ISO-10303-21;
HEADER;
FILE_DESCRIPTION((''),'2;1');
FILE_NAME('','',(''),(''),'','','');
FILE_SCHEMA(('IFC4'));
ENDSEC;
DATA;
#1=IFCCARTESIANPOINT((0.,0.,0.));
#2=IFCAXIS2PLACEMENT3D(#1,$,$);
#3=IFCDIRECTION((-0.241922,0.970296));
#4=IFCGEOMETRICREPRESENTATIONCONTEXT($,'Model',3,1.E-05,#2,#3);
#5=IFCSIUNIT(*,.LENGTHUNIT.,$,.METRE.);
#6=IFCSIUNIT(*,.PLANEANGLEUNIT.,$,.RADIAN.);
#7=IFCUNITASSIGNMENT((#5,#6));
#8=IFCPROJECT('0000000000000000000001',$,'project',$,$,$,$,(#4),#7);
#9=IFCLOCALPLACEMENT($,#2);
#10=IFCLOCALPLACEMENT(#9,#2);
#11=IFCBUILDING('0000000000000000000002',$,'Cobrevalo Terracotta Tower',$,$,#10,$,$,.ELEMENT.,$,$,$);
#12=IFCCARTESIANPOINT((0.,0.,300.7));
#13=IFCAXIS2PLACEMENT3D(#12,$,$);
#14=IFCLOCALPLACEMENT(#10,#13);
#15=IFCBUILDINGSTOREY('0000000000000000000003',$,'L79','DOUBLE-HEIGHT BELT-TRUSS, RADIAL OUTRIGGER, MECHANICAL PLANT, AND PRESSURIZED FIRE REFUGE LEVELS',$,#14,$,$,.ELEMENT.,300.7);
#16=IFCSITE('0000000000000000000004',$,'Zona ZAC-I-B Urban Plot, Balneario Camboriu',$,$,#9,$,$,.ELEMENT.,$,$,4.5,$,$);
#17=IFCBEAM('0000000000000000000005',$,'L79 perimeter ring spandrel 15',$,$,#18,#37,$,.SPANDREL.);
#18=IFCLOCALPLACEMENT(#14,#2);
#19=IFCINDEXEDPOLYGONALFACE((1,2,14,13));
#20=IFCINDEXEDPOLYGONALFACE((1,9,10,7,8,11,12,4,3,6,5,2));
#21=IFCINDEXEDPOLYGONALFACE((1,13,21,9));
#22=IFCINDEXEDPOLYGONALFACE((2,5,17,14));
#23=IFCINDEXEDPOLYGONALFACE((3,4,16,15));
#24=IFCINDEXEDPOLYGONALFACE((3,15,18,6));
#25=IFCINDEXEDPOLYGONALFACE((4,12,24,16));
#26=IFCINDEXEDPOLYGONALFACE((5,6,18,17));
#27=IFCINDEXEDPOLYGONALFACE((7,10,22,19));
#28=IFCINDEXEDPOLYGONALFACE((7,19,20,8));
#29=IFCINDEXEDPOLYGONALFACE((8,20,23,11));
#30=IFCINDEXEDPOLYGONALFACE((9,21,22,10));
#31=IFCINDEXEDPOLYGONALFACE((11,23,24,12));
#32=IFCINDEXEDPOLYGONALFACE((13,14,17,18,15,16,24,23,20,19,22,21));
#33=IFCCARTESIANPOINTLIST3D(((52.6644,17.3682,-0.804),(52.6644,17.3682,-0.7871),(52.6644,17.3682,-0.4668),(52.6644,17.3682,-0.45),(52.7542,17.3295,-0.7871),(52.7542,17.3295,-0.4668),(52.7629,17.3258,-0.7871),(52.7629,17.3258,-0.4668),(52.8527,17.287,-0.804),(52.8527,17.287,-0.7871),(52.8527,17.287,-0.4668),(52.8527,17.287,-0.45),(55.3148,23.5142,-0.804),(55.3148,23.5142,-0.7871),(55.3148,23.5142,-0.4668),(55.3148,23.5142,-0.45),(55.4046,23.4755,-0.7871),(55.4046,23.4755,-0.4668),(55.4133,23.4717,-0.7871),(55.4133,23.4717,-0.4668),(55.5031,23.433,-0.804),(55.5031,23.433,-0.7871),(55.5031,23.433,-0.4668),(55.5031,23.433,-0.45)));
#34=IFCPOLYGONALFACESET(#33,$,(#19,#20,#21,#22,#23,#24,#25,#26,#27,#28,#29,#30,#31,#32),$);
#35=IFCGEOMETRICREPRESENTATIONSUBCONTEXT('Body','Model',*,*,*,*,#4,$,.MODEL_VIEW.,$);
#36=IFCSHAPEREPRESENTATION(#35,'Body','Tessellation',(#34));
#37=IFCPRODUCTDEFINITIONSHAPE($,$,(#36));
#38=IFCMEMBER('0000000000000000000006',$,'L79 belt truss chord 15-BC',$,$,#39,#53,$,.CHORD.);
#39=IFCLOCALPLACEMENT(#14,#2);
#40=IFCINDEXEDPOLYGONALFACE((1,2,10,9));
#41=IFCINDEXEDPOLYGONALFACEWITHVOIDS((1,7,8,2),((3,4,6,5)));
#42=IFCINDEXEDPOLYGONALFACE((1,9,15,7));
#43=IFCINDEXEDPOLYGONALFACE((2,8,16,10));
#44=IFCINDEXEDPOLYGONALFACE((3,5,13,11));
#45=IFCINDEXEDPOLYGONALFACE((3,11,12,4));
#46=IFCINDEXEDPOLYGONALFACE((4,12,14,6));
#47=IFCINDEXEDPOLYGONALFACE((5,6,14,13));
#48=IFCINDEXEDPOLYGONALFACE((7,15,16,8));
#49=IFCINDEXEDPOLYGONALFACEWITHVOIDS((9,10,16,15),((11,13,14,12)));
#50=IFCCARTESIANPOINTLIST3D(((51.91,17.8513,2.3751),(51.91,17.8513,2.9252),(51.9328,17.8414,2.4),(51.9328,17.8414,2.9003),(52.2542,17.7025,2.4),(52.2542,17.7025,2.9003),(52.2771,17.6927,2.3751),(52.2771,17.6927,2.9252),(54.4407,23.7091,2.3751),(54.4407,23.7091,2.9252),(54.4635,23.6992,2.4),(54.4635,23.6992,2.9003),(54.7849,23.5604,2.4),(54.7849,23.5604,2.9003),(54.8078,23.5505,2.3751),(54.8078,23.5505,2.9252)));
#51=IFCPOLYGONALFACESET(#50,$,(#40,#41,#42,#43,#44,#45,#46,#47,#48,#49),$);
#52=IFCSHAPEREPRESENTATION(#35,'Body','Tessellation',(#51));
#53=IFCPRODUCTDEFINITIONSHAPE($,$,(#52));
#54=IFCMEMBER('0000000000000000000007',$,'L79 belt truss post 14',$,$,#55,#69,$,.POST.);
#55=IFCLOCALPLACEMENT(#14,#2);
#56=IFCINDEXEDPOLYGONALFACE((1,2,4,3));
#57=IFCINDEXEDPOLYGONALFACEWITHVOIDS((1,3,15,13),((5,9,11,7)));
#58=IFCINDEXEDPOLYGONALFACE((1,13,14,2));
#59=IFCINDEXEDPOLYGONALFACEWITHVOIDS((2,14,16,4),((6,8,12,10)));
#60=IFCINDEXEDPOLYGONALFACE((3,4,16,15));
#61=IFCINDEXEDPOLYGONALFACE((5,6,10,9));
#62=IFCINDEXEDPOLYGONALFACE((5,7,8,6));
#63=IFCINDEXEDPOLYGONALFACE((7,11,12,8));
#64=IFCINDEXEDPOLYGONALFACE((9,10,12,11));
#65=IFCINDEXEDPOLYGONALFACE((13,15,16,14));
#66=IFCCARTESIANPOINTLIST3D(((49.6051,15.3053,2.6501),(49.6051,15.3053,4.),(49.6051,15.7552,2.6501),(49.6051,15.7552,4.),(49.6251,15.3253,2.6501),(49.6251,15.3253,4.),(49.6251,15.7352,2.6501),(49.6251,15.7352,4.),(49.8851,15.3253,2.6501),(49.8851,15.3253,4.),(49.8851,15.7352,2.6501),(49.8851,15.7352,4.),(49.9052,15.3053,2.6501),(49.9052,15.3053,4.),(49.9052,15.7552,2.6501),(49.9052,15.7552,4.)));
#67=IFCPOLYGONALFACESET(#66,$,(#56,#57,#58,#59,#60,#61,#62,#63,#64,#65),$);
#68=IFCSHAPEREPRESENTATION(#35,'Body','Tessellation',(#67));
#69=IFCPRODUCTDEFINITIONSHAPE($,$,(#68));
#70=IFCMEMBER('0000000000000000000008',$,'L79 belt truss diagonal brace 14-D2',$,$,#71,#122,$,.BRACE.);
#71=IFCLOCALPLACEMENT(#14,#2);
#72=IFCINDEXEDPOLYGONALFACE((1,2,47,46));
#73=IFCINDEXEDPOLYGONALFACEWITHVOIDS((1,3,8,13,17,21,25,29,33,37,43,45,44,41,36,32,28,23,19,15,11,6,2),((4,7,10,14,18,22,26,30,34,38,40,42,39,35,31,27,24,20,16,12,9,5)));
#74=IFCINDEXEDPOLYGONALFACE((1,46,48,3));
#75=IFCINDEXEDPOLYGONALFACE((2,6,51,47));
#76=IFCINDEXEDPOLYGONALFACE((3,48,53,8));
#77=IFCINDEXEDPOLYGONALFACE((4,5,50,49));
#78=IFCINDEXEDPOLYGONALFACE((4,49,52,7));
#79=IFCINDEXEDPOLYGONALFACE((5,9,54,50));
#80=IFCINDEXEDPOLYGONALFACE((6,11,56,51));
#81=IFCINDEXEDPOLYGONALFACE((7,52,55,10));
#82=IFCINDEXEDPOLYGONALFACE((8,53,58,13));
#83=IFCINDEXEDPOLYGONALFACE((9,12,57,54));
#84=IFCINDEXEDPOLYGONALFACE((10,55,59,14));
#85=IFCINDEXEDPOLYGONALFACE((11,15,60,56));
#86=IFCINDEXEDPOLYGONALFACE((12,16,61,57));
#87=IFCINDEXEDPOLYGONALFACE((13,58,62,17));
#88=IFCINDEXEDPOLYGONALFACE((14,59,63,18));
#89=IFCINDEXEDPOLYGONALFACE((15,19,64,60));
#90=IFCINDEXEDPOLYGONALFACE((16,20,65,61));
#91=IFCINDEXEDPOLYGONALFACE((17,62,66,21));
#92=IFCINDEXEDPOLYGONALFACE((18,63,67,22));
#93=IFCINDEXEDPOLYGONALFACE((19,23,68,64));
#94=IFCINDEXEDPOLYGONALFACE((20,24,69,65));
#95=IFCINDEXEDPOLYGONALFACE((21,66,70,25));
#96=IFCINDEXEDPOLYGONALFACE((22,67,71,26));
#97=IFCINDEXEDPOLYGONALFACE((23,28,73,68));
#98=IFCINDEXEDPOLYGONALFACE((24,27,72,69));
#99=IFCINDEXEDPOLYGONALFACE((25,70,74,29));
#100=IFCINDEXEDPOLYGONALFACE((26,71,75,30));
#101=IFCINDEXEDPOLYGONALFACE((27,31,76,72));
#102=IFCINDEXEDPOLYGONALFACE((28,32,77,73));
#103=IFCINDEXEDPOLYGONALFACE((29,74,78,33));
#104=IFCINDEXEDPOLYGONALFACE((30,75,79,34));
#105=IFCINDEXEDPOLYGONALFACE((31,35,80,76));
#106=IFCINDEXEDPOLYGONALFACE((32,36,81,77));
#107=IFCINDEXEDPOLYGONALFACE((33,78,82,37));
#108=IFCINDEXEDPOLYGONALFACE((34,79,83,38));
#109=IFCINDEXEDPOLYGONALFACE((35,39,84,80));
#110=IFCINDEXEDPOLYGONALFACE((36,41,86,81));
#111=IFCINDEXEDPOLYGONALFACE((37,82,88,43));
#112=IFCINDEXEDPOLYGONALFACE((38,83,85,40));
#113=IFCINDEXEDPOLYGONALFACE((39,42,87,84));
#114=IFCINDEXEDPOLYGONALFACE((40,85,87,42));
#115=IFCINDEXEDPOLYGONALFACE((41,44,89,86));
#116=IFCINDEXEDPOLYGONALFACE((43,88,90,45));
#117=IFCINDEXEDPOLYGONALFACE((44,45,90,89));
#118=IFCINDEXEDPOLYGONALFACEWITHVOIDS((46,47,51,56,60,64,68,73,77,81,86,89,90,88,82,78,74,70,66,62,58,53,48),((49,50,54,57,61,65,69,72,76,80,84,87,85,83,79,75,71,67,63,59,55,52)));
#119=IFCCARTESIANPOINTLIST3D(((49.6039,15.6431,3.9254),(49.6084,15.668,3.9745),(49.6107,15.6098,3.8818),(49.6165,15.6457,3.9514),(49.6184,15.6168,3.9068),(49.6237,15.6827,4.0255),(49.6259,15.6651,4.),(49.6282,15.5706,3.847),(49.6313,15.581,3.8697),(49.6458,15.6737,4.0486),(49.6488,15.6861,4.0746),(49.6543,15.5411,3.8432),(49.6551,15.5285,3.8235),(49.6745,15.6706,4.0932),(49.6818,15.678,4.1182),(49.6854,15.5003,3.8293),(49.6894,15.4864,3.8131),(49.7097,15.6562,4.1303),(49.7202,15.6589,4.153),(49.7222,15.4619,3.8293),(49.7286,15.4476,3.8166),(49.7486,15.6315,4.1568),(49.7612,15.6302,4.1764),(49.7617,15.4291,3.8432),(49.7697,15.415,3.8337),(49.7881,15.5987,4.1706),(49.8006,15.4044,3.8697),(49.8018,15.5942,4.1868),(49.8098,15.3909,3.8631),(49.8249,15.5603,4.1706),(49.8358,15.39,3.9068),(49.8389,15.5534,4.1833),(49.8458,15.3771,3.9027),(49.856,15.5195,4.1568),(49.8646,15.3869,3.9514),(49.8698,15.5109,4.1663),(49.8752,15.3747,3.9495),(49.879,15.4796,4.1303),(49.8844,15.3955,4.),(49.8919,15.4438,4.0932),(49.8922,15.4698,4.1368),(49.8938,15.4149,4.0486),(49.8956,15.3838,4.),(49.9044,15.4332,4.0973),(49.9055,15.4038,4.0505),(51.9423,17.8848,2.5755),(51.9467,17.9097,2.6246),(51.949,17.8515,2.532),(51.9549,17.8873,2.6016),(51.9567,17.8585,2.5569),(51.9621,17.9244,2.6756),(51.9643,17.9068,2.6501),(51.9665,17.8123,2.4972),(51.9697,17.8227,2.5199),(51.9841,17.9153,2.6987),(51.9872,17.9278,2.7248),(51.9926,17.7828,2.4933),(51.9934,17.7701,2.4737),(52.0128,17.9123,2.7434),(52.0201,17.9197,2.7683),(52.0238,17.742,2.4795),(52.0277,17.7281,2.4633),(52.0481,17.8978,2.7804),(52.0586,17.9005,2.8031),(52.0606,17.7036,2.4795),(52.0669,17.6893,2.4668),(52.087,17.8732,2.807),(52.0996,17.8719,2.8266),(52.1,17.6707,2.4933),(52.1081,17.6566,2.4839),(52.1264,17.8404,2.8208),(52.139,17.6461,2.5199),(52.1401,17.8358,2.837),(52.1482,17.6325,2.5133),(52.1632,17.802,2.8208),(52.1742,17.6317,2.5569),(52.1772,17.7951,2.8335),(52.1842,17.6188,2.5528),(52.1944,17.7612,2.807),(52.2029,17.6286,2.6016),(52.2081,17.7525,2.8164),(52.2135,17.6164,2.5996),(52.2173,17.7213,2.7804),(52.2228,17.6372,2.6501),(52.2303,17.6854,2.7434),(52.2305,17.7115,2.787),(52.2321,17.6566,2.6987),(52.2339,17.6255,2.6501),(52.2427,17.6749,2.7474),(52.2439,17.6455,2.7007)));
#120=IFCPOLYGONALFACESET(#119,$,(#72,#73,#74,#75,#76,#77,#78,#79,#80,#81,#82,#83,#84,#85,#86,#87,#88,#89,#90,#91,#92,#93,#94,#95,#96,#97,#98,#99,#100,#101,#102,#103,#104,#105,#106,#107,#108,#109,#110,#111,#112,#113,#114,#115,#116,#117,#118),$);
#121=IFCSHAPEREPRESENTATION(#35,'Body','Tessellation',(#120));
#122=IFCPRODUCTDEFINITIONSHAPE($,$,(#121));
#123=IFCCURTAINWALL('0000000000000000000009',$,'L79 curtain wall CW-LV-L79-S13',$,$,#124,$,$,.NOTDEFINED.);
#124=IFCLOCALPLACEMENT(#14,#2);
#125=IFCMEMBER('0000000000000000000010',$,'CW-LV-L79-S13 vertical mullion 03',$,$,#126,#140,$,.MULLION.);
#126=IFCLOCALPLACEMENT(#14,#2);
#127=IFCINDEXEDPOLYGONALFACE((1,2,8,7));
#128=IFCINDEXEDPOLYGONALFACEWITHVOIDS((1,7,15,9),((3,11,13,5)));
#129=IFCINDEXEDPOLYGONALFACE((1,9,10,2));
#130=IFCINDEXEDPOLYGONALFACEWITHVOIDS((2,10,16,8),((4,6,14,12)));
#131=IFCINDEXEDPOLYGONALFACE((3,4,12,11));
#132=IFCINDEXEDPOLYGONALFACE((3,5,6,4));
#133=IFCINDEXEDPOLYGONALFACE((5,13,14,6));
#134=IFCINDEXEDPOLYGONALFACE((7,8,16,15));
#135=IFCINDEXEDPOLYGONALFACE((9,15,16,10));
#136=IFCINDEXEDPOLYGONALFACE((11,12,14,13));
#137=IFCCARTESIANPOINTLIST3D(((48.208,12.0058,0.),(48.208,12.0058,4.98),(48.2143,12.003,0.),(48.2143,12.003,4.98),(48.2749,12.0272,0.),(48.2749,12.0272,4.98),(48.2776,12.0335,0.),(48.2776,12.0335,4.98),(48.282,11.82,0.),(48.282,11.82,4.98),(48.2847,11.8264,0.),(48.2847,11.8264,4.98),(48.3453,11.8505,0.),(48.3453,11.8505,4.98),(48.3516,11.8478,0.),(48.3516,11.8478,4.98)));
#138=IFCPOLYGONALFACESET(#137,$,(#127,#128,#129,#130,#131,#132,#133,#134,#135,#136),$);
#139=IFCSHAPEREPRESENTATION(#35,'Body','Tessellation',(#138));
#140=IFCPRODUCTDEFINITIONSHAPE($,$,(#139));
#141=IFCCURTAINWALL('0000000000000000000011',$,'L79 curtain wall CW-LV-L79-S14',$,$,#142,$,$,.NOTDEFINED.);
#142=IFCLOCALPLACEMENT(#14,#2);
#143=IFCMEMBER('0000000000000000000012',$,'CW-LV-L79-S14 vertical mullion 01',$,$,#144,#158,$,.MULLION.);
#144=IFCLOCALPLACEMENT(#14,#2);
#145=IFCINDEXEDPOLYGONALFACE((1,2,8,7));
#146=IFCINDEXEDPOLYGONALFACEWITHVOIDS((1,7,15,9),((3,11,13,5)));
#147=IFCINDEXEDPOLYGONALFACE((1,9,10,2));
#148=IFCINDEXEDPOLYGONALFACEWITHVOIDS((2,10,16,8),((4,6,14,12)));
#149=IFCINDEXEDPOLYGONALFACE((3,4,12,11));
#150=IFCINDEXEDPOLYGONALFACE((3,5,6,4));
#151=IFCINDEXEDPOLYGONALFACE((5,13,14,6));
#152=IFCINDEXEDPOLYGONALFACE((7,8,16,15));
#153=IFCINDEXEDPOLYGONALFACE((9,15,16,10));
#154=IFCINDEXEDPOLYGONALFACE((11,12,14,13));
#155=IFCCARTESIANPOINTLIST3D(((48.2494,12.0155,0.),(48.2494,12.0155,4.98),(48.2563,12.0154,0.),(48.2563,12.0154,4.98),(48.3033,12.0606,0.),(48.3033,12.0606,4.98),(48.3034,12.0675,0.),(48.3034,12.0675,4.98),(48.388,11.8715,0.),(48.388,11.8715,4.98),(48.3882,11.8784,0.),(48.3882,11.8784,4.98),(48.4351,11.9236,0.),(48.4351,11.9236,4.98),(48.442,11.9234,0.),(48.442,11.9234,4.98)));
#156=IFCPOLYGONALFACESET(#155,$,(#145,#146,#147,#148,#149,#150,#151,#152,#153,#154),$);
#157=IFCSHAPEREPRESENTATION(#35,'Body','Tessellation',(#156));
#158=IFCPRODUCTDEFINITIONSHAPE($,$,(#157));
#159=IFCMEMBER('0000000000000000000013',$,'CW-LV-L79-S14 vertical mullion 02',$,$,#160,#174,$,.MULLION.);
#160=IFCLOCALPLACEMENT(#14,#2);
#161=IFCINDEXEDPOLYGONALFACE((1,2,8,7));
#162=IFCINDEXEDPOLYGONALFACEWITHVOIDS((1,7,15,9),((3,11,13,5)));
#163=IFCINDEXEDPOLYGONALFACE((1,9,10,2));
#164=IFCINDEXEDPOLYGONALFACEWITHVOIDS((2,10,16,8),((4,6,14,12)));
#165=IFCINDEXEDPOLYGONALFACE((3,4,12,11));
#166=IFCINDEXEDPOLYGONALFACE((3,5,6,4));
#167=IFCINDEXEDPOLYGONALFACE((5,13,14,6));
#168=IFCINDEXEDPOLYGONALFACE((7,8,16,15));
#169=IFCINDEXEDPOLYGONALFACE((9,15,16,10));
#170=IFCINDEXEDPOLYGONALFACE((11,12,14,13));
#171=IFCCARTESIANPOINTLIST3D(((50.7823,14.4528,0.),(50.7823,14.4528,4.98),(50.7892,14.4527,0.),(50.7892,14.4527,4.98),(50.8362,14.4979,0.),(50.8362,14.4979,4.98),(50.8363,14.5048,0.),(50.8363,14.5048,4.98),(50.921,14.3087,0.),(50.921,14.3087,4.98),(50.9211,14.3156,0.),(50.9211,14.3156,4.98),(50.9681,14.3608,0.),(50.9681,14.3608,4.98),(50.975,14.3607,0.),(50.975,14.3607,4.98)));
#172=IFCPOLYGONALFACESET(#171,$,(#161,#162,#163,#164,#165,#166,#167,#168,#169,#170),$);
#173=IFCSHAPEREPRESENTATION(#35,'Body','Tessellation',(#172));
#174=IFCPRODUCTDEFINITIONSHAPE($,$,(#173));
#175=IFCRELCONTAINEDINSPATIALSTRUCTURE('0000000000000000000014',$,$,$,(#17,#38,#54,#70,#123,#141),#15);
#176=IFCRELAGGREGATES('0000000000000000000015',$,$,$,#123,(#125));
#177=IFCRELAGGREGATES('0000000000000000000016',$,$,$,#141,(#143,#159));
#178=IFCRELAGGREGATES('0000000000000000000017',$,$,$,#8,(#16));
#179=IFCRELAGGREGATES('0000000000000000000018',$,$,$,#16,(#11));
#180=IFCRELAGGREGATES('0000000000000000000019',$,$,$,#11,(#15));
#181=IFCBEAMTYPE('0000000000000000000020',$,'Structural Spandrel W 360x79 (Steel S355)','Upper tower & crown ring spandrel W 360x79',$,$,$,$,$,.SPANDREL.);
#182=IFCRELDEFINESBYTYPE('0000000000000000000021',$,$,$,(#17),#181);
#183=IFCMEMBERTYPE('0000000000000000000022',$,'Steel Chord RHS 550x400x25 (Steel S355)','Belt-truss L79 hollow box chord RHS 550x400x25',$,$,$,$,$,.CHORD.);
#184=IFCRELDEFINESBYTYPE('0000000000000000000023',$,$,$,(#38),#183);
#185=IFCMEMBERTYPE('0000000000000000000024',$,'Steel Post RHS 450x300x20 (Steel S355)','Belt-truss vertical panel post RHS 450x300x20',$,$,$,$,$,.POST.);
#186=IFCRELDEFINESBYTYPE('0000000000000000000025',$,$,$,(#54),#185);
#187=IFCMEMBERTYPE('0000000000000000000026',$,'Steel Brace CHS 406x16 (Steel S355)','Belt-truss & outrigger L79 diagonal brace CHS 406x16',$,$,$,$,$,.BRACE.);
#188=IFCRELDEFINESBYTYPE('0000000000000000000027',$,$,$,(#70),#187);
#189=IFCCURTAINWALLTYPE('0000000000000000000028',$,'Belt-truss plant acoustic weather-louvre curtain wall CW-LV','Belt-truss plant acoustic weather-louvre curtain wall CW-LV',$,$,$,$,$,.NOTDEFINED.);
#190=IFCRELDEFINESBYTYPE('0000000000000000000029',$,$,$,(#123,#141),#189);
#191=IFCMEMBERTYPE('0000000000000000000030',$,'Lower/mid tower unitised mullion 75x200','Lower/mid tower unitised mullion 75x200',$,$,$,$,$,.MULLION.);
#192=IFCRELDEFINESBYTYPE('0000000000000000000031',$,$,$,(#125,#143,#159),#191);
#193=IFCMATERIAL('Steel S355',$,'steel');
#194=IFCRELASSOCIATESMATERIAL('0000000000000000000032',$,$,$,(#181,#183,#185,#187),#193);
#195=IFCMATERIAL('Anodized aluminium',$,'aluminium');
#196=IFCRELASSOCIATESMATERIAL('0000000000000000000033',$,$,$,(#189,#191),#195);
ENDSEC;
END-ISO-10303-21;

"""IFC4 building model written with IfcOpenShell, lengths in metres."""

from ifc_helpers import new_model, si_unit, direction, frame, origin, origin_2d, place, context, subcontext, project, spatial, hollow_rectangle, hollow_circle, i_section, extrude, source, transform, mapped, material, material_profile, profile_set, type_object, element, aggregate, save


model = new_model("IFC4")

# Units and contexts
model_context = context("Model", 3, precision=1e-05, world=origin(), true_north=direction((-0.241922, 0.970296)))
body_context = subcontext(model_context, "Body", "Model", "MODEL_VIEW")
ifc_project = project(units=[si_unit("LENGTHUNIT", "METRE"), si_unit("PLANEANGLEUNIT", "RADIAN")], contexts=[model_context])

# Site, building, storey
site_placement = place(None, origin())
site = spatial("IfcSite", under=ifc_project, at=site_placement, Name="Zona ZAC-I-B Urban Plot, Balneario Camboriu", CompositionType="ELEMENT", RefElevation=4.5)
building_placement = place(site_placement, origin())
building = spatial("IfcBuilding", under=site, at=building_placement, Name="Cobrevalo Terracotta Tower", CompositionType="ELEMENT")
storey_placement = place(building_placement, frame((0.0, 0.0, 300.7)))
storey = spatial("IfcBuildingStorey", under=building, at=storey_placement, Name="L79", Description="DOUBLE-HEIGHT BELT-TRUSS, RADIAL OUTRIGGER, MECHANICAL PLANT, AND PRESSURIZED FIRE REFUGE LEVELS", CompositionType="ELEMENT", Elevation=300.7)

# Shared definitions
ifc_material_1 = material(Name="Steel S355", Category="steel")

# Beam
ifc_material_profile_1 = material_profile(ifc_material_1, i_section(OverallWidth=0.2051, OverallDepth=0.354, WebThickness=0.0095, FlangeThickness=0.0168, at=origin_2d()), Name="W 360x79")
ifc_profile_set_1 = profile_set([ifc_material_profile_1], Name="Steel S355")
beam_type_1 = type_object("IfcBeamType", Name="Structural Spandrel W 360x79 (Steel S355)", Description="Upper tower & crown ring spandrel W 360x79", PredefinedType="SPANDREL", material=ifc_profile_set_1)
beam_1_placement = place(storey_placement, frame((52.7585, 17.3276, -0.627), z_axis=(0.395987, 0.918256, 0.0), x_axis=(-0.918256, 0.395987, 0.0)))
element("IfcBeam", 1, at=beam_1_placement, inside=storey, type_object=beam_type_1, Name="L79 perimeter ring spandrel 15", PredefinedType="SPANDREL", context=body_context, shape_type="SweptSolid", body=[
    extrude(i_section(OverallWidth=0.2051, OverallDepth=0.354, WebThickness=0.0095, FlangeThickness=0.0168, at=origin_2d()), origin(), (0.0, 0.0, 1.0), 6.6931),
])

# Members
ifc_material_profile_2 = material_profile(ifc_material_1, hollow_rectangle(XDim=0.3999, YDim=0.55, WallThickness=0.0249, at=origin_2d()), Name="RHS 550x400x25")
ifc_profile_set_2 = profile_set([ifc_material_profile_2], Name="Steel S355")
member_type_1 = type_object("IfcMemberType", Name="Steel Chord RHS 550x400x25 (Steel S355)", Description="Belt-truss L79 hollow box chord RHS 550x400x25", PredefinedType="CHORD", material=ifc_profile_set_2)
shared_shape_1 = source(origin(), body_context, "Body", "SweptSolid", [
    extrude(hollow_rectangle(XDim=0.3999, YDim=0.55, WallThickness=0.0249, at=origin_2d()), origin(), (0.0, 0.0, 1.0), 6.3811),
])
member_1_placement = place(storey_placement, frame((52.0935, 17.772, 2.6501), z_axis=(0.396596, 0.917993, 0.0), x_axis=(-0.917993, 0.396596, 0.0)))
element("IfcMember", 2, at=member_1_placement, inside=storey, type_object=member_type_1, Name="L79 belt truss chord 15-BC", PredefinedType="CHORD", context=body_context, shape_type="MappedRepresentation", body=[
    mapped(shared_shape_1, transform((0.0, 0.0, 0.0), scale=1.0)),
])
ifc_material_profile_3 = material_profile(ifc_material_1, hollow_rectangle(XDim=0.3, YDim=0.45, WallThickness=0.02, at=origin_2d()), Name="RHS 450x300x20")
ifc_profile_set_3 = profile_set([ifc_material_profile_3], Name="Steel S355")
member_type_2 = type_object("IfcMemberType", Name="Steel Post RHS 450x300x20 (Steel S355)", Description="Belt-truss vertical panel post RHS 450x300x20", PredefinedType="POST", material=ifc_profile_set_3)
shared_shape_2 = source(origin(), body_context, "Body", "SweptSolid", [
    extrude(hollow_rectangle(XDim=0.3, YDim=0.45, WallThickness=0.02, at=origin_2d()), origin(), (0.0, 0.0, 1.0), 1.3499),
])
member_2_placement = place(storey_placement, frame((49.7551, 15.5303, 2.6501), z_axis=(0.0, 0.0, 1.0), x_axis=(1.0, 0.0, 0.0)))
element("IfcMember", 3, at=member_2_placement, inside=storey, type_object=member_type_2, Name="L79 belt truss post 14", PredefinedType="POST", context=body_context, shape_type="MappedRepresentation", body=[
    mapped(shared_shape_2, transform((0.0, 0.0, 0.0), scale=1.0)),
])
ifc_material_profile_4 = material_profile(ifc_material_1, hollow_circle(Radius=0.2029, WallThickness=0.0161, at=origin_2d()), Name="CHS 406x16")
ifc_profile_set_4 = profile_set([ifc_material_profile_4], Name="Steel S355")
member_type_3 = type_object("IfcMemberType", Name="Steel Brace CHS 406x16 (Steel S355)", Description="Belt-truss & outrigger L79 diagonal brace CHS 406x16", PredefinedType="BRACE", material=ifc_profile_set_4)
shared_shape_3 = source(origin(), body_context, "Body", "SweptSolid", [
    extrude(hollow_circle(Radius=0.2029, WallThickness=0.0161, at=origin_2d()), origin(), (0.0, 0.0, 1.0), 3.5093),
])
member_3_placement = place(storey_placement, frame((52.0935, 17.772, 2.6501), z_axis=(-0.666334, -0.638784, 0.384648), x_axis=(0.692026, -0.721872, 0.0)))
element("IfcMember", 4, at=member_3_placement, inside=storey, type_object=member_type_3, Name="L79 belt truss diagonal brace 14-D2", PredefinedType="BRACE", context=body_context, shape_type="MappedRepresentation", body=[
    mapped(shared_shape_3, transform((0.0, 0.0, 0.0), scale=1.0)),
])

# Curtain wall, member
ifc_material_2 = material(Name="Anodized aluminium", Category="aluminium")
curtain_wall_type = type_object("IfcCurtainWallType", Name="Belt-truss plant acoustic weather-louvre curtain wall CW-LV", Description="Belt-truss plant acoustic weather-louvre curtain wall CW-LV", PredefinedType="NOTDEFINED", material=ifc_material_2)
curtain_wall_1_placement = place(storey_placement, origin())
curtain_wall_1 = element("IfcCurtainWall", 5, at=curtain_wall_1_placement, inside=storey, type_object=curtain_wall_type, Name="L79 curtain wall CW-LV-L79-S13", PredefinedType="NOTDEFINED")
ifc_material_profile_5 = material_profile(ifc_material_2, hollow_rectangle(XDim=0.075, YDim=0.2, WallThickness=0.0049, at=origin_2d()), Name="CWM 75x200")
ifc_profile_set_5 = profile_set([ifc_material_profile_5], Name="Anodized aluminium")
member_type_4 = type_object("IfcMemberType", Name="Lower/mid tower unitised mullion 75x200", Description="Lower/mid tower unitised mullion 75x200", PredefinedType="MULLION", material=ifc_profile_set_5)
shared_shape_4 = source(origin(), body_context, "Body", "SweptSolid", [
    extrude(hollow_rectangle(XDim=0.075, YDim=0.2, WallThickness=0.0049, at=origin_2d()), origin(), (0.0, 0.0, 1.0), 4.98),
])
member_4_placement = place(storey_placement, frame((48.2798, 11.9268, 0.0), z_axis=(0.0, 0.0, 1.0), x_axis=(0.928926, 0.370266, 0.0)))
member_4 = element("IfcMember", 6, at=member_4_placement, type_object=member_type_4, Name="CW-LV-L79-S13 vertical mullion 03", PredefinedType="MULLION", context=body_context, shape_type="MappedRepresentation", body=[
    mapped(shared_shape_4, transform((0.0, 0.0, 0.0), scale=1.0)),
])
aggregate(curtain_wall_1, [member_4])

# Curtain wall, members
curtain_wall_2_placement = place(storey_placement, origin())
curtain_wall_2 = element("IfcCurtainWall", 7, at=curtain_wall_2_placement, inside=storey, type_object=curtain_wall_type, Name="L79 curtain wall CW-LV-L79-S14", PredefinedType="NOTDEFINED")
member_5_placement = place(storey_placement, frame((48.3457, 11.9695, 0.0), z_axis=(0.0, 0.0, 1.0), x_axis=(0.720551, 0.693402, 0.0)))
member_5 = element("IfcMember", 8, at=member_5_placement, type_object=member_type_4, Name="CW-LV-L79-S14 vertical mullion 01", PredefinedType="MULLION", context=body_context, shape_type="MappedRepresentation", body=[
    mapped(shared_shape_4, transform((0.0, 0.0, 0.0), scale=1.0)),
])
member_6_placement = place(storey_placement, frame((50.8787, 14.4067, 0.0), z_axis=(0.0, 0.0, 1.0), x_axis=(0.720551, 0.693402, 0.0)))
member_6 = element("IfcMember", 9, at=member_6_placement, type_object=member_type_4, Name="CW-LV-L79-S14 vertical mullion 02", PredefinedType="MULLION", context=body_context, shape_type="MappedRepresentation", body=[
    mapped(shared_shape_4, transform((0.0, 0.0, 0.0), scale=1.0)),
])

aggregate(curtain_wall_2, [member_5, member_6])

save(model, "model.ifc")
